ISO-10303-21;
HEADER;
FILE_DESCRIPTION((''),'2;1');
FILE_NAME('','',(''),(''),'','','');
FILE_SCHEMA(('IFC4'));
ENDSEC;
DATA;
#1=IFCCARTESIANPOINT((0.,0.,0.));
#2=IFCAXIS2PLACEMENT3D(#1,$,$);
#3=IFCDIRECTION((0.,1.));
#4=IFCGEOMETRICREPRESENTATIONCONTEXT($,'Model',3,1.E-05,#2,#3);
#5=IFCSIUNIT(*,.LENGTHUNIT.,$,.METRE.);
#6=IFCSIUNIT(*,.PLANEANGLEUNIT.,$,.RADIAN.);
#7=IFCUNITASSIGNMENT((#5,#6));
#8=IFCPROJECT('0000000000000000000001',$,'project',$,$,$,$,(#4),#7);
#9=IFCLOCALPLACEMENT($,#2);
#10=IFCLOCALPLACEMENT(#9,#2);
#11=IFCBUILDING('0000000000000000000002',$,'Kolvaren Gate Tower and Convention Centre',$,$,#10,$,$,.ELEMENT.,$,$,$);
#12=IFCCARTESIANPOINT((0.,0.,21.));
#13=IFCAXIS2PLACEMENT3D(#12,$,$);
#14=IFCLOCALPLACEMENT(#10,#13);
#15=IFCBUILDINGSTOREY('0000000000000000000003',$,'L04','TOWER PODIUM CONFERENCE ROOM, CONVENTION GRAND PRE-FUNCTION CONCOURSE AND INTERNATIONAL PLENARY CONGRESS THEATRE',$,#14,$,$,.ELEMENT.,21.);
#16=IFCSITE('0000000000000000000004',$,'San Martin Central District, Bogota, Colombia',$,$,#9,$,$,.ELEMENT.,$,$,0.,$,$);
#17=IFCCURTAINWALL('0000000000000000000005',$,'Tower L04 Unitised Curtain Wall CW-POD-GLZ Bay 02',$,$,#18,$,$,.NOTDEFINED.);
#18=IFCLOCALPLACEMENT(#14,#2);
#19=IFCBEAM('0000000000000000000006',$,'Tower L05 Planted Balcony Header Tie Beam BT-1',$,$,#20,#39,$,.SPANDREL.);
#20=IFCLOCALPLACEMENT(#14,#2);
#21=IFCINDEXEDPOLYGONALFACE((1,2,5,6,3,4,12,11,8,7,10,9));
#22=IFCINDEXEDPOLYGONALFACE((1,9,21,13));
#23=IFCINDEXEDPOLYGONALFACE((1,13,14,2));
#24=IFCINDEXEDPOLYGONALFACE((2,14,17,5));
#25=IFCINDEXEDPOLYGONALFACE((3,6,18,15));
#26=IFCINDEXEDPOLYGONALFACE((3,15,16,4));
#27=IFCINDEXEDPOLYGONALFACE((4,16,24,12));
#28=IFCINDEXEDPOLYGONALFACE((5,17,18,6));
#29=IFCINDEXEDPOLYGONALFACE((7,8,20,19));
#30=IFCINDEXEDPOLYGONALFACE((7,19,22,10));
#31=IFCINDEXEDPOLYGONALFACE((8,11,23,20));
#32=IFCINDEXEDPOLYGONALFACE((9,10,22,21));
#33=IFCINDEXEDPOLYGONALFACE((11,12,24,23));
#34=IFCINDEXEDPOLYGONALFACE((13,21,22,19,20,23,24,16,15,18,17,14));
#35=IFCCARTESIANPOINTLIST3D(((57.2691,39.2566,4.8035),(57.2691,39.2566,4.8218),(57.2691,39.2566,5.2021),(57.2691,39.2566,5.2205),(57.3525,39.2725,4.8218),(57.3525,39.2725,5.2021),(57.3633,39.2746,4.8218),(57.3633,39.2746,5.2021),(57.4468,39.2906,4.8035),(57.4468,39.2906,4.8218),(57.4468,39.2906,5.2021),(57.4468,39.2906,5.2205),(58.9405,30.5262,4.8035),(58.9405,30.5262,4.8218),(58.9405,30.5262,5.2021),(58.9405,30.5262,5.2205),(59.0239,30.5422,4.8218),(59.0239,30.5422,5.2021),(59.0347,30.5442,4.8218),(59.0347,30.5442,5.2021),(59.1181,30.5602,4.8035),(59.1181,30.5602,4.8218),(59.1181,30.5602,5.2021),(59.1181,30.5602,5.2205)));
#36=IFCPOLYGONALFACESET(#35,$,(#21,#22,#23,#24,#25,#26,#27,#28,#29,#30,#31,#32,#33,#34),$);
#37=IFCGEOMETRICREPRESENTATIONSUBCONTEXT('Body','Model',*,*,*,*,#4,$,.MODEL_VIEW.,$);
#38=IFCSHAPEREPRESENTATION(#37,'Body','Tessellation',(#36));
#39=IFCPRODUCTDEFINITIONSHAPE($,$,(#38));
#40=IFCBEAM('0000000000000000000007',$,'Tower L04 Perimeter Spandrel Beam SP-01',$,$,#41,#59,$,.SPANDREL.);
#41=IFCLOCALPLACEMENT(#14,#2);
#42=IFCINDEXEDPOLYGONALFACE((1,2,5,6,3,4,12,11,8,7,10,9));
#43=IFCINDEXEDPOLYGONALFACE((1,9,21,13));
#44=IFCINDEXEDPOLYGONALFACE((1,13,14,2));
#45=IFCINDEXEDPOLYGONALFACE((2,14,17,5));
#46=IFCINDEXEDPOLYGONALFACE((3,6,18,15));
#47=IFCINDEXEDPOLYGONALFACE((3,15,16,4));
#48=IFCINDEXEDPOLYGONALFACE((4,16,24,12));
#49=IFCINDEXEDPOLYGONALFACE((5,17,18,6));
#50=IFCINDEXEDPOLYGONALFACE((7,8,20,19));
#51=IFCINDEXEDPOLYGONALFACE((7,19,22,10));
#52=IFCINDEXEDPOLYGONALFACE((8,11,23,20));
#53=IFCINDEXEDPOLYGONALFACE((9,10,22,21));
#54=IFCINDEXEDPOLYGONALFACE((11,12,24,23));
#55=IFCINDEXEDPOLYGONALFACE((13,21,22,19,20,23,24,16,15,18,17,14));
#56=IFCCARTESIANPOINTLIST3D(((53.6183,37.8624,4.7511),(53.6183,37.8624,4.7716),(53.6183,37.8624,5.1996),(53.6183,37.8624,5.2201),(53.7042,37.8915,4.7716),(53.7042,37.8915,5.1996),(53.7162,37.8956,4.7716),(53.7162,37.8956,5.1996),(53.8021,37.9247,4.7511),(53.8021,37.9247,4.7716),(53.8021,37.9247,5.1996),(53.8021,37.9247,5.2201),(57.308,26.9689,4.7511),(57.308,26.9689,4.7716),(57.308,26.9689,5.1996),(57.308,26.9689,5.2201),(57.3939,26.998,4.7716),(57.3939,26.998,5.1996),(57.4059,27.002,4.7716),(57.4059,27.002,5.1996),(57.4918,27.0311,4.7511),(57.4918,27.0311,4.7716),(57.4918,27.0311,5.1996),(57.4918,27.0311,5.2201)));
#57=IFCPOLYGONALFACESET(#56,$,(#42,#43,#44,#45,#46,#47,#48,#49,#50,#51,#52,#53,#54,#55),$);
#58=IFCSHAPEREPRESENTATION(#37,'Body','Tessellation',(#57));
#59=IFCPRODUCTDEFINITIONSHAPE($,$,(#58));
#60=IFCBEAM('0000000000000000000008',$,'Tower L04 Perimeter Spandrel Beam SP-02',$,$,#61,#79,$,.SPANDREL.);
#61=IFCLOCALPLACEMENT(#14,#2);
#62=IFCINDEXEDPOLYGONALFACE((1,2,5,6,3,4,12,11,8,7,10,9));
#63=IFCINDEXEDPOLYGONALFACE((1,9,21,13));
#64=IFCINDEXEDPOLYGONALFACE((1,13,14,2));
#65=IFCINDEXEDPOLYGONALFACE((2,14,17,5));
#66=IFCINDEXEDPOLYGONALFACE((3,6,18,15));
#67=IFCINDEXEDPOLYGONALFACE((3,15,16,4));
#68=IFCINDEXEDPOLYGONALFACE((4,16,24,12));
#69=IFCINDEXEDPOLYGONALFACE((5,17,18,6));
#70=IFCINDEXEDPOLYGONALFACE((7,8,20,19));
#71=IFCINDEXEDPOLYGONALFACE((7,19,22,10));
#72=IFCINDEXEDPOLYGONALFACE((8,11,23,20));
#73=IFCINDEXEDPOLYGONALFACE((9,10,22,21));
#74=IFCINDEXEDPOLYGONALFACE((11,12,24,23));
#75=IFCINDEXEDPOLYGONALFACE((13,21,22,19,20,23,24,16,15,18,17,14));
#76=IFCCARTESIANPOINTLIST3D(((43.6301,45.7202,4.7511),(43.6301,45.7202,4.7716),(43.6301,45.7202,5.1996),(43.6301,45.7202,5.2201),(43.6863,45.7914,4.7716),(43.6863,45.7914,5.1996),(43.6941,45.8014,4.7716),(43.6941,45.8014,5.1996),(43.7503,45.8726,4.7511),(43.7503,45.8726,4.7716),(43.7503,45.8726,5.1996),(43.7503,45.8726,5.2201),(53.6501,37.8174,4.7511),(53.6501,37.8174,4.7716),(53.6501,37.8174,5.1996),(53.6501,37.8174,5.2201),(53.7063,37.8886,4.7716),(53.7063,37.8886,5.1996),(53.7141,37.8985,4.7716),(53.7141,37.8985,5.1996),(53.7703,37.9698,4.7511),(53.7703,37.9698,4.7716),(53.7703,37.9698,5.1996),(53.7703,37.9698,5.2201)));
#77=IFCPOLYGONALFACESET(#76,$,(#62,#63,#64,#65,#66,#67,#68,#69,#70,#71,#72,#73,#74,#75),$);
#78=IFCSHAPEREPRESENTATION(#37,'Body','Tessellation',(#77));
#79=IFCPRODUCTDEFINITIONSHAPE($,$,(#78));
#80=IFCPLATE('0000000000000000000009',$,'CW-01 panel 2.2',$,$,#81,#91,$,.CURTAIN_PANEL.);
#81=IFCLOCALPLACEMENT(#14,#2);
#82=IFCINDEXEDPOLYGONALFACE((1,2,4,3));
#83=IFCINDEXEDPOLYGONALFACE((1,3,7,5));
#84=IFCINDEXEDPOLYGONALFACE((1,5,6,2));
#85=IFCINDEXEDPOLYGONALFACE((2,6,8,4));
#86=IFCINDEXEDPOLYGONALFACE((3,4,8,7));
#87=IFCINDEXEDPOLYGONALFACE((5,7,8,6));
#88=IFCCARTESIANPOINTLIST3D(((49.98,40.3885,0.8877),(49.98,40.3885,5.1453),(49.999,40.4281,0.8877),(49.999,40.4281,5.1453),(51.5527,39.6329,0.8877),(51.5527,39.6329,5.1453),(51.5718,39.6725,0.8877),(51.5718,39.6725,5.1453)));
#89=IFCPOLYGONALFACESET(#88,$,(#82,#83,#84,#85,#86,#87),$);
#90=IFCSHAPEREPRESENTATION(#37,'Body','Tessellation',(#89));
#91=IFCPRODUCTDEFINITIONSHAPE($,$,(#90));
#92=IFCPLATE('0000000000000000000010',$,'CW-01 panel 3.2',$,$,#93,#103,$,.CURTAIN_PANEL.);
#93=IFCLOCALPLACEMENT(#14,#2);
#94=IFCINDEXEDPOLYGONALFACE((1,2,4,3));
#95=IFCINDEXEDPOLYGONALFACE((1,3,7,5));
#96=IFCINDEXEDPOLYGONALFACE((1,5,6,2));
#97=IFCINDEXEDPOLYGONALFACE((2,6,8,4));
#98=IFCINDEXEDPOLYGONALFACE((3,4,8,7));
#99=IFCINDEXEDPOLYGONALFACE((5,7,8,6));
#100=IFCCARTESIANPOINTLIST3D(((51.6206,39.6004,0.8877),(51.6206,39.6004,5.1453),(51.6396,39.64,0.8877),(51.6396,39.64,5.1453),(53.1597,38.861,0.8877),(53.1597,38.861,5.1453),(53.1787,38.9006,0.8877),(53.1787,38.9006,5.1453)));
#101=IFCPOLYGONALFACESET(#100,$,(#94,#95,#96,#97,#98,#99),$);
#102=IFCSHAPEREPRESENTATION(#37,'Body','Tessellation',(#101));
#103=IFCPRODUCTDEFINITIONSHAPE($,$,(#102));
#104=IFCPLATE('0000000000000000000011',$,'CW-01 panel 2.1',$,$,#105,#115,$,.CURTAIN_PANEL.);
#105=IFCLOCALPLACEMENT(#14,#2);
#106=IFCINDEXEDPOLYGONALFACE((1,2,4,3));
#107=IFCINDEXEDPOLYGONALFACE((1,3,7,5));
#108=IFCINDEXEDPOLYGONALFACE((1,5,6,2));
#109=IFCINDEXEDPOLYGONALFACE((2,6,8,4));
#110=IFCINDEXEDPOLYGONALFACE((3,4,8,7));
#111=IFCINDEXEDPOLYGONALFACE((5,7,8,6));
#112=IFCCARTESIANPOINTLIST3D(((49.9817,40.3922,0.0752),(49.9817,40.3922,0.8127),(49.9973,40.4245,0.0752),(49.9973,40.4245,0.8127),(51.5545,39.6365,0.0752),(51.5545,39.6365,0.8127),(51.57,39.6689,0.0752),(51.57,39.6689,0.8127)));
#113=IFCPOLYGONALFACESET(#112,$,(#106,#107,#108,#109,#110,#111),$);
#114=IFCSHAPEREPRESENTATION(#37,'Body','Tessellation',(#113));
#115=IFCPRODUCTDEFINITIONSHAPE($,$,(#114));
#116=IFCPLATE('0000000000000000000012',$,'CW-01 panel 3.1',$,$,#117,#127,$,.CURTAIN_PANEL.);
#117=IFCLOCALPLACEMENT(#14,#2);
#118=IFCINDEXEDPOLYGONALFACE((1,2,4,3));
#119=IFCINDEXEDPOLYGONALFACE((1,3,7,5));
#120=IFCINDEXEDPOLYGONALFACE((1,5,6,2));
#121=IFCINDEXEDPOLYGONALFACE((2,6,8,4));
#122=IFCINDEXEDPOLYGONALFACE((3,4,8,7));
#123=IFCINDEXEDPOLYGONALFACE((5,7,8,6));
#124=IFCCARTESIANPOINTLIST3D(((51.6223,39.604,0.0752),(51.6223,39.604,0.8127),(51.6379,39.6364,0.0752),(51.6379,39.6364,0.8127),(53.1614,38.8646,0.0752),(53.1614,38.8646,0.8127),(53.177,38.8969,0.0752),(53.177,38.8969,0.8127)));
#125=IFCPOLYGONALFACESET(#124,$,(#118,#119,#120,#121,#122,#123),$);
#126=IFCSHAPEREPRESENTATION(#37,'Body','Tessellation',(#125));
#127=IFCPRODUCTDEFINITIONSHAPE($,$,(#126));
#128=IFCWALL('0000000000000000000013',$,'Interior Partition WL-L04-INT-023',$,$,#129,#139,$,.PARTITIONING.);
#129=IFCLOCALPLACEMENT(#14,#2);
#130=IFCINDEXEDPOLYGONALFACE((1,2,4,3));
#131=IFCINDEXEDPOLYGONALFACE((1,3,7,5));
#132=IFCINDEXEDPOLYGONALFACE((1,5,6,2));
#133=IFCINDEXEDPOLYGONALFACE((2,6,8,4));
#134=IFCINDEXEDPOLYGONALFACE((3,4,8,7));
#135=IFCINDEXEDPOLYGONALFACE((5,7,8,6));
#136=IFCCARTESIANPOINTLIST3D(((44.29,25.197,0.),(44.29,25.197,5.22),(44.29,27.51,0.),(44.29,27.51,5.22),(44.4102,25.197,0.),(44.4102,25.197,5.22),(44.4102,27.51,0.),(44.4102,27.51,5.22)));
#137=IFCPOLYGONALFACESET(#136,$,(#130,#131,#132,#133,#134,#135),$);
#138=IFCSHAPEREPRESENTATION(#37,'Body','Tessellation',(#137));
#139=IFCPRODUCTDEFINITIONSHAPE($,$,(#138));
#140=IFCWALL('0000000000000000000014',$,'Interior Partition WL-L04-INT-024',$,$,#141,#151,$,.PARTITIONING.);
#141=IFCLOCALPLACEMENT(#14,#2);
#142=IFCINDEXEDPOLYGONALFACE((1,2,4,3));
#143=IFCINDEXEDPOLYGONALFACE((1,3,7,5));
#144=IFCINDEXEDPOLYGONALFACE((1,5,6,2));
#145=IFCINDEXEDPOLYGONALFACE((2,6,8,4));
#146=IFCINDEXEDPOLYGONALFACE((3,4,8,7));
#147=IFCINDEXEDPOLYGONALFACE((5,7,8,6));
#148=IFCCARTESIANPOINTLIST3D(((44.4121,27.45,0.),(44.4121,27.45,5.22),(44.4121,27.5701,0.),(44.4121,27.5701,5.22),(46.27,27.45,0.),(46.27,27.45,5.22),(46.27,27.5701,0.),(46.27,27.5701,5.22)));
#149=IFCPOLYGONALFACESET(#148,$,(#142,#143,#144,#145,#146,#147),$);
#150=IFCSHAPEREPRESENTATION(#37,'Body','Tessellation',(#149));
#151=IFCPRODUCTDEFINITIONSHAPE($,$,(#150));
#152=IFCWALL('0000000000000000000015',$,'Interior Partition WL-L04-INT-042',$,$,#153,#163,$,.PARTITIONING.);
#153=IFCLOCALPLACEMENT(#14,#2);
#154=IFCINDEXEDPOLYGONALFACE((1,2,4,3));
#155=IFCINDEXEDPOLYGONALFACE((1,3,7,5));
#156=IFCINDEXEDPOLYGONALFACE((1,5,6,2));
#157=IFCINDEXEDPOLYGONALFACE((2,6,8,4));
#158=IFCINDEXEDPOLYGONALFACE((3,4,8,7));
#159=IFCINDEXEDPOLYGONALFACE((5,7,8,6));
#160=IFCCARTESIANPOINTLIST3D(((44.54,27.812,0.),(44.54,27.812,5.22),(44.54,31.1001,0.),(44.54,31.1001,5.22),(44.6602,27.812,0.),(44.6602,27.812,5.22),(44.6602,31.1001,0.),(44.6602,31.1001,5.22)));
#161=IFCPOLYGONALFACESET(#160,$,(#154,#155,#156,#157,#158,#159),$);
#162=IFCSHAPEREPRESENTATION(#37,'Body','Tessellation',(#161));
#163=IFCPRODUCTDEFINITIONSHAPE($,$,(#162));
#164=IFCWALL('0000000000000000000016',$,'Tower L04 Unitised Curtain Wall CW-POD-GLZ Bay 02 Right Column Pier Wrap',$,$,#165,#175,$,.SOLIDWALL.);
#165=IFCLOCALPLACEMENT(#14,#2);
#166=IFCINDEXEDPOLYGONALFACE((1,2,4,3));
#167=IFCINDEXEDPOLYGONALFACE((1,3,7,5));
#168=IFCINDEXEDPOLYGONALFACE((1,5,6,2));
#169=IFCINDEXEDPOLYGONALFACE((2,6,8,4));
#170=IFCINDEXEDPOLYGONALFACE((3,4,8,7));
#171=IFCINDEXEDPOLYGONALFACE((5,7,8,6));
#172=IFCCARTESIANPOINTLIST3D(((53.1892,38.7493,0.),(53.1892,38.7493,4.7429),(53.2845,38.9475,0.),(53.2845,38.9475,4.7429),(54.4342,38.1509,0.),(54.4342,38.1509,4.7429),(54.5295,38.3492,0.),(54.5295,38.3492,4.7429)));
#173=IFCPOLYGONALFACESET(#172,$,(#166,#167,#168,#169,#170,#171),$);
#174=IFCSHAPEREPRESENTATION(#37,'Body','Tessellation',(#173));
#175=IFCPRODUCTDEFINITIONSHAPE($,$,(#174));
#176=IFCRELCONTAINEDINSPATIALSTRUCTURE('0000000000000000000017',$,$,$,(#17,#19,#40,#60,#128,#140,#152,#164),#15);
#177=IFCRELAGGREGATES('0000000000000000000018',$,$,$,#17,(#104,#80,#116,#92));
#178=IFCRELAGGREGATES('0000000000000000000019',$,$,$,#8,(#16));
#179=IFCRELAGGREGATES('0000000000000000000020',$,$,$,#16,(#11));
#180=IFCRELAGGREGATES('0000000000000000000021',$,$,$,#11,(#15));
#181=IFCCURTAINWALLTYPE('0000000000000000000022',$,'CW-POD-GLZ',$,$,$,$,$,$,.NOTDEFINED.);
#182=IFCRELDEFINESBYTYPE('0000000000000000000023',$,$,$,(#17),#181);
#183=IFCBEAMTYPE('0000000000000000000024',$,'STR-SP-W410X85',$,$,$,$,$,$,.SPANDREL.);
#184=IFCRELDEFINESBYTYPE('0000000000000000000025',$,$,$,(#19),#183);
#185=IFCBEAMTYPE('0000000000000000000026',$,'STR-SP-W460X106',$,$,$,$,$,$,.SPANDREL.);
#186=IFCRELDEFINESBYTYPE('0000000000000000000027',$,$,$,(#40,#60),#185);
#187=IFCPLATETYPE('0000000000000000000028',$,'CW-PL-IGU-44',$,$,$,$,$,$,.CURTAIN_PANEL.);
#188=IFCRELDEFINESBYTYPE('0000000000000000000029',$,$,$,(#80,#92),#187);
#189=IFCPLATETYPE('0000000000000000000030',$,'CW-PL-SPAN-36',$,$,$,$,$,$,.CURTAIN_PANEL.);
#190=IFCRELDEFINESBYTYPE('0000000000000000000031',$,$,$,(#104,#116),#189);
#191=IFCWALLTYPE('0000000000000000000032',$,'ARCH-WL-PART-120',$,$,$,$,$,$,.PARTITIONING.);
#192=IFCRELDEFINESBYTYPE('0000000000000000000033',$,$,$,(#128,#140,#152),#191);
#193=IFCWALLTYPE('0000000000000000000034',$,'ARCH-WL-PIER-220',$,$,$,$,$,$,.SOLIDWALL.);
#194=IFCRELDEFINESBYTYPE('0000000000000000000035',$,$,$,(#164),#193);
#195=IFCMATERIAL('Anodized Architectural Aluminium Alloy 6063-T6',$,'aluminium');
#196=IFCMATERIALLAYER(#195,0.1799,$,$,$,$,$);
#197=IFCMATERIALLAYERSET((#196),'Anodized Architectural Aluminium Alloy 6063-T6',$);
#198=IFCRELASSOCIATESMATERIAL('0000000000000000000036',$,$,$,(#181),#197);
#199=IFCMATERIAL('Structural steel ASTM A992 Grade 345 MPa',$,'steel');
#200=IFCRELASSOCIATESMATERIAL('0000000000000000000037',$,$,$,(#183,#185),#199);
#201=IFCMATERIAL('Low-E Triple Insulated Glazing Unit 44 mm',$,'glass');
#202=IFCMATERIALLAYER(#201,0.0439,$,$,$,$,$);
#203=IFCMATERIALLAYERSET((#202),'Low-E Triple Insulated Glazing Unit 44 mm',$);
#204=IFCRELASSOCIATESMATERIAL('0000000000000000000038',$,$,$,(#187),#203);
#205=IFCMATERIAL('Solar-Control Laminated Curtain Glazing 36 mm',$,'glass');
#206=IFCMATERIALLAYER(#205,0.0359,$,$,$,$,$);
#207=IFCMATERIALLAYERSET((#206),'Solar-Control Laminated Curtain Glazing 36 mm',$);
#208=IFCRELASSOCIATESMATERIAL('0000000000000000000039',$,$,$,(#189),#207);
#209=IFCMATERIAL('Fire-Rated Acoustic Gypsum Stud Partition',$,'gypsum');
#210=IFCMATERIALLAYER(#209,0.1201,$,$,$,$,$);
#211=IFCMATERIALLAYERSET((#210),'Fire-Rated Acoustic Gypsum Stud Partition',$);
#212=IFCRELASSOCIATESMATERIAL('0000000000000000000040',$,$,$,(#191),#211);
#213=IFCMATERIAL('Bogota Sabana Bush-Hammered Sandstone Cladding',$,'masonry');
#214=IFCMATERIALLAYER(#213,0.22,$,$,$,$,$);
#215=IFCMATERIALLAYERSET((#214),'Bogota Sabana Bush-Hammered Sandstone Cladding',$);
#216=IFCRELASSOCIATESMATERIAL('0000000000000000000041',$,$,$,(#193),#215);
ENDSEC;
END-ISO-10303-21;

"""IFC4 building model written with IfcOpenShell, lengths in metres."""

from ifc_helpers import new_model, si_unit, direction, frame, frame_2d, origin, origin_2d, place, context, subcontext, project, spatial, rectangle, i_section, extrude, material, layer, layer_set, material_profile, profile_set, type_object, element, aggregate, save


model = new_model("IFC4")

# Units and contexts
model_context = context("Model", 3, precision=1e-05, world=origin(), true_north=direction((0.0, 1.0)))
body_context = subcontext(model_context, "Body", "Model", "MODEL_VIEW")
ifc_project = project(units=[si_unit("LENGTHUNIT", "METRE"), si_unit("PLANEANGLEUNIT", "RADIAN")], contexts=[model_context])

# Site, building, storey
site_placement = place(None, origin())
site = spatial("IfcSite", under=ifc_project, at=site_placement, Name="San Martin Central District, Bogota, Colombia", CompositionType="ELEMENT", RefElevation=0.0)
building_placement = place(site_placement, origin())
building = spatial("IfcBuilding", under=site, at=building_placement, Name="Kolvaren Gate Tower and Convention Centre", CompositionType="ELEMENT")
storey_placement = place(building_placement, frame((0.0, 0.0, 21.0)))
storey = spatial("IfcBuildingStorey", under=building, at=storey_placement, Name="L04", Description="TOWER PODIUM CONFERENCE ROOM, CONVENTION GRAND PRE-FUNCTION CONCOURSE AND INTERNATIONAL PLENARY CONGRESS THEATRE", CompositionType="ELEMENT", Elevation=21.0)

# Shared definitions
ifc_material_1 = material(Name="Structural steel ASTM A992 Grade 345 MPa", Category="steel")

# Curtain wall
ifc_material_2 = material(Name="Anodized Architectural Aluminium Alloy 6063-T6", Category="aluminium")
ifc_layer_1 = layer(ifc_material_2, 0.1799)
ifc_layer_set_1 = layer_set([ifc_layer_1], Name="Anodized Architectural Aluminium Alloy 6063-T6")
curtain_wall_type = type_object("IfcCurtainWallType", Name="CW-POD-GLZ", PredefinedType="NOTDEFINED", material=ifc_layer_set_1)
curtain_wall_placement = place(storey_placement, origin())
curtain_wall = element("IfcCurtainWall", 1, at=curtain_wall_placement, inside=storey, type_object=curtain_wall_type, Name="Tower L04 Unitised Curtain Wall CW-POD-GLZ Bay 02", PredefinedType="NOTDEFINED")

# Beams
ifc_material_profile_1 = material_profile(ifc_material_1, i_section(OverallWidth=0.1809, OverallDepth=0.417, WebThickness=0.011, FlangeThickness=0.0183, at=origin_2d()), Name="W410X85")
ifc_profile_set_1 = profile_set([ifc_material_profile_1], Name="Structural steel ASTM A992 Grade 345 MPa")
beam_type_1 = type_object("IfcBeamType", Name="STR-SP-W410X85", PredefinedType="SPANDREL", material=ifc_profile_set_1)
beam_1_placement = place(storey_placement, frame((59.0293, 30.5432, 5.012), z_axis=(-0.188028, 0.982164, 0.0), x_axis=(-0.982164, -0.188028, 0.0)))
element("IfcBeam", 2, at=beam_1_placement, inside=storey, type_object=beam_type_1, Name="Tower L05 Planted Balcony Header Tie Beam BT-1", PredefinedType="SPANDREL", context=body_context, shape_type="SweptSolid", body=[
    extrude(i_section(OverallWidth=0.1809, OverallDepth=0.417, WebThickness=0.011, FlangeThickness=0.0183, at=origin_2d()), origin(), (0.0, 0.0, 1.0), 8.8889),
])
ifc_material_profile_2 = material_profile(ifc_material_1, i_section(OverallWidth=0.1941, OverallDepth=0.469, WebThickness=0.0127, FlangeThickness=0.0205, at=origin_2d()), Name="W460X106")
ifc_profile_set_2 = profile_set([ifc_material_profile_2], Name="Structural steel ASTM A992 Grade 345 MPa")
beam_type_2 = type_object("IfcBeamType", Name="STR-SP-W460X106", PredefinedType="SPANDREL", material=ifc_profile_set_2)
beam_2_placement = place(storey_placement, frame((57.3999, 27.0, 4.9856), z_axis=(-0.320803, 0.947146, 0.0), x_axis=(-0.947146, -0.320803, 0.0)))
element("IfcBeam", 3, at=beam_2_placement, inside=storey, type_object=beam_type_2, Name="Tower L04 Perimeter Spandrel Beam SP-01", PredefinedType="SPANDREL", context=body_context, shape_type="SweptSolid", body=[
    extrude(i_section(OverallWidth=0.1941, OverallDepth=0.469, WebThickness=0.0127, FlangeThickness=0.0205, at=origin_2d()), origin(), (0.0, 0.0, 1.0), 11.5015),
])
beam_3_placement = place(storey_placement, frame((53.7102, 37.8936, 4.9856), z_axis=(-0.785176, 0.619272, 0.0), x_axis=(-0.619272, -0.785176, 0.0)))
element("IfcBeam", 4, at=beam_3_placement, inside=storey, type_object=beam_type_2, Name="Tower L04 Perimeter Spandrel Beam SP-02", PredefinedType="SPANDREL", context=body_context, shape_type="SweptSolid", body=[
    extrude(i_section(OverallWidth=0.1941, OverallDepth=0.469, WebThickness=0.0127, FlangeThickness=0.0205, at=origin_2d()), origin(), (0.0, 0.0, 1.0), 12.7615),
])

# Plates
ifc_material_3 = material(Name="Low-E Triple Insulated Glazing Unit 44 mm", Category="glass")
ifc_layer_2 = layer(ifc_material_3, 0.0439)
ifc_layer_set_2 = layer_set([ifc_layer_2], Name="Low-E Triple Insulated Glazing Unit 44 mm")
plate_type_1 = type_object("IfcPlateType", Name="CW-PL-IGU-44", PredefinedType="CURTAIN_PANEL", material=ifc_layer_set_2)
plate_1_placement = place(storey_placement, frame((50.7759, 40.0305, 0.8877), z_axis=(0.0, 0.0, 1.0), x_axis=(0.901364, -0.433063, 0.0)))
plate_1 = element("IfcPlate", 5, at=plate_1_placement, type_object=plate_type_1, Name="CW-01 panel 2.2", PredefinedType="CURTAIN_PANEL", context=body_context, shape_type="SweptSolid", body=[
    extrude(rectangle(XDim=1.7449, YDim=0.0439, at=origin_2d()), origin(), (0.0, 0.0, 1.0), 4.2576),
])
plate_2_placement = place(storey_placement, frame((52.3997, 39.2505, 0.8877), z_axis=(0.0, 0.0, 1.0), x_axis=(0.901364, -0.433063, 0.0)))
plate_2 = element("IfcPlate", 6, at=plate_2_placement, type_object=plate_type_1, Name="CW-01 panel 3.2", PredefinedType="CURTAIN_PANEL", context=body_context, shape_type="SweptSolid", body=[
    extrude(rectangle(XDim=1.7075, YDim=0.0439, at=origin_2d()), origin(), (0.0, 0.0, 1.0), 4.2576),
])
ifc_material_4 = material(Name="Solar-Control Laminated Curtain Glazing 36 mm", Category="glass")
ifc_layer_3 = layer(ifc_material_4, 0.0359)
ifc_layer_set_3 = layer_set([ifc_layer_3], Name="Solar-Control Laminated Curtain Glazing 36 mm")
plate_type_2 = type_object("IfcPlateType", Name="CW-PL-SPAN-36", PredefinedType="CURTAIN_PANEL", material=ifc_layer_set_3)
plate_3_placement = place(storey_placement, frame((50.7759, 40.0305, 0.0752), z_axis=(0.0, 0.0, 1.0), x_axis=(0.901364, -0.433063, 0.0)))
plate_3 = element("IfcPlate", 7, at=plate_3_placement, type_object=plate_type_2, Name="CW-01 panel 2.1", PredefinedType="CURTAIN_PANEL", context=body_context, shape_type="SweptSolid", body=[
    extrude(rectangle(XDim=1.7449, YDim=0.0359, at=origin_2d()), origin(), (0.0, 0.0, 1.0), 0.7375),
])
plate_4_placement = place(storey_placement, frame((52.3997, 39.2505, 0.0752), z_axis=(0.0, 0.0, 1.0), x_axis=(0.901364, -0.433063, 0.0)))
plate_4 = element("IfcPlate", 8, at=plate_4_placement, type_object=plate_type_2, Name="CW-01 panel 3.1", PredefinedType="CURTAIN_PANEL", context=body_context, shape_type="SweptSolid", body=[
    extrude(rectangle(XDim=1.7075, YDim=0.0359, at=origin_2d()), origin(), (0.0, 0.0, 1.0), 0.7375),
])
aggregate(curtain_wall, [plate_3, plate_1, plate_4, plate_2])

# Walls
ifc_material_5 = material(Name="Fire-Rated Acoustic Gypsum Stud Partition", Category="gypsum")
ifc_layer_4 = layer(ifc_material_5, 0.1201)
ifc_layer_set_4 = layer_set([ifc_layer_4], Name="Fire-Rated Acoustic Gypsum Stud Partition")
wall_type_1 = type_object("IfcWallType", Name="ARCH-WL-PART-120", PredefinedType="PARTITIONING", material=ifc_layer_set_4)
wall_1_placement = place(storey_placement, frame((44.3501, 25.197, 0.0), z_axis=(0.0, 0.0, 1.0), x_axis=(0.0, 1.0, 0.0)))
element("IfcWall", 9, at=wall_1_placement, inside=storey, type_object=wall_type_1, Name="Interior Partition WL-L04-INT-023", PredefinedType="PARTITIONING", context=body_context, shape_type="SweptSolid", body=[
    extrude(rectangle(XDim=2.313, YDim=0.1201, at=frame_2d((1.1565, 0.0))), origin(), (0.0, 0.0, 1.0), 5.22),
])
wall_2_placement = place(storey_placement, frame((44.4121, 27.51, 0.0), z_axis=(0.0, 0.0, 1.0), x_axis=(1.0, 0.0, 0.0)))
element("IfcWall", 10, at=wall_2_placement, inside=storey, type_object=wall_type_1, Name="Interior Partition WL-L04-INT-024", PredefinedType="PARTITIONING", context=body_context, shape_type="SweptSolid", body=[
    extrude(rectangle(XDim=1.8579, YDim=0.1201, at=frame_2d((0.929, 0.0))), origin(), (0.0, 0.0, 1.0), 5.22),
])
wall_3_placement = place(storey_placement, frame((44.6001, 27.812, 0.0), z_axis=(0.0, 0.0, 1.0), x_axis=(0.0, 1.0, 0.0)))
element("IfcWall", 11, at=wall_3_placement, inside=storey, type_object=wall_type_1, Name="Interior Partition WL-L04-INT-042", PredefinedType="PARTITIONING", context=body_context, shape_type="SweptSolid", body=[
    extrude(rectangle(XDim=3.2881, YDim=0.1201, at=frame_2d((1.644, 0.0))), origin(), (0.0, 0.0, 1.0), 5.22),
])
ifc_material_6 = material(Name="Bogota Sabana Bush-Hammered Sandstone Cladding", Category="masonry")
ifc_layer_5 = layer(ifc_material_6, 0.22)
ifc_layer_set_5 = layer_set([ifc_layer_5], Name="Bogota Sabana Bush-Hammered Sandstone Cladding")
wall_type_2 = type_object("IfcWallType", Name="ARCH-WL-PIER-220", PredefinedType="SOLIDWALL", material=ifc_layer_set_5)
wall_4_placement = place(storey_placement, frame((53.2368, 38.8484, 0.0), z_axis=(0.0, 0.0, 1.0), x_axis=(0.901316, -0.433162, 0.0)))
element("IfcWall", 12, at=wall_4_placement, inside=storey, type_object=wall_type_2, Name="Tower L04 Unitised Curtain Wall CW-POD-GLZ Bay 02 Right Column Pier Wrap", PredefinedType="SOLIDWALL", context=body_context, shape_type="SweptSolid", body=[
    extrude(rectangle(XDim=1.3813, YDim=0.22, at=frame_2d((0.6907, 0.0))), origin(), (0.0, 0.0, 1.0), 4.7429),
])

save(model, "model.ifc")
